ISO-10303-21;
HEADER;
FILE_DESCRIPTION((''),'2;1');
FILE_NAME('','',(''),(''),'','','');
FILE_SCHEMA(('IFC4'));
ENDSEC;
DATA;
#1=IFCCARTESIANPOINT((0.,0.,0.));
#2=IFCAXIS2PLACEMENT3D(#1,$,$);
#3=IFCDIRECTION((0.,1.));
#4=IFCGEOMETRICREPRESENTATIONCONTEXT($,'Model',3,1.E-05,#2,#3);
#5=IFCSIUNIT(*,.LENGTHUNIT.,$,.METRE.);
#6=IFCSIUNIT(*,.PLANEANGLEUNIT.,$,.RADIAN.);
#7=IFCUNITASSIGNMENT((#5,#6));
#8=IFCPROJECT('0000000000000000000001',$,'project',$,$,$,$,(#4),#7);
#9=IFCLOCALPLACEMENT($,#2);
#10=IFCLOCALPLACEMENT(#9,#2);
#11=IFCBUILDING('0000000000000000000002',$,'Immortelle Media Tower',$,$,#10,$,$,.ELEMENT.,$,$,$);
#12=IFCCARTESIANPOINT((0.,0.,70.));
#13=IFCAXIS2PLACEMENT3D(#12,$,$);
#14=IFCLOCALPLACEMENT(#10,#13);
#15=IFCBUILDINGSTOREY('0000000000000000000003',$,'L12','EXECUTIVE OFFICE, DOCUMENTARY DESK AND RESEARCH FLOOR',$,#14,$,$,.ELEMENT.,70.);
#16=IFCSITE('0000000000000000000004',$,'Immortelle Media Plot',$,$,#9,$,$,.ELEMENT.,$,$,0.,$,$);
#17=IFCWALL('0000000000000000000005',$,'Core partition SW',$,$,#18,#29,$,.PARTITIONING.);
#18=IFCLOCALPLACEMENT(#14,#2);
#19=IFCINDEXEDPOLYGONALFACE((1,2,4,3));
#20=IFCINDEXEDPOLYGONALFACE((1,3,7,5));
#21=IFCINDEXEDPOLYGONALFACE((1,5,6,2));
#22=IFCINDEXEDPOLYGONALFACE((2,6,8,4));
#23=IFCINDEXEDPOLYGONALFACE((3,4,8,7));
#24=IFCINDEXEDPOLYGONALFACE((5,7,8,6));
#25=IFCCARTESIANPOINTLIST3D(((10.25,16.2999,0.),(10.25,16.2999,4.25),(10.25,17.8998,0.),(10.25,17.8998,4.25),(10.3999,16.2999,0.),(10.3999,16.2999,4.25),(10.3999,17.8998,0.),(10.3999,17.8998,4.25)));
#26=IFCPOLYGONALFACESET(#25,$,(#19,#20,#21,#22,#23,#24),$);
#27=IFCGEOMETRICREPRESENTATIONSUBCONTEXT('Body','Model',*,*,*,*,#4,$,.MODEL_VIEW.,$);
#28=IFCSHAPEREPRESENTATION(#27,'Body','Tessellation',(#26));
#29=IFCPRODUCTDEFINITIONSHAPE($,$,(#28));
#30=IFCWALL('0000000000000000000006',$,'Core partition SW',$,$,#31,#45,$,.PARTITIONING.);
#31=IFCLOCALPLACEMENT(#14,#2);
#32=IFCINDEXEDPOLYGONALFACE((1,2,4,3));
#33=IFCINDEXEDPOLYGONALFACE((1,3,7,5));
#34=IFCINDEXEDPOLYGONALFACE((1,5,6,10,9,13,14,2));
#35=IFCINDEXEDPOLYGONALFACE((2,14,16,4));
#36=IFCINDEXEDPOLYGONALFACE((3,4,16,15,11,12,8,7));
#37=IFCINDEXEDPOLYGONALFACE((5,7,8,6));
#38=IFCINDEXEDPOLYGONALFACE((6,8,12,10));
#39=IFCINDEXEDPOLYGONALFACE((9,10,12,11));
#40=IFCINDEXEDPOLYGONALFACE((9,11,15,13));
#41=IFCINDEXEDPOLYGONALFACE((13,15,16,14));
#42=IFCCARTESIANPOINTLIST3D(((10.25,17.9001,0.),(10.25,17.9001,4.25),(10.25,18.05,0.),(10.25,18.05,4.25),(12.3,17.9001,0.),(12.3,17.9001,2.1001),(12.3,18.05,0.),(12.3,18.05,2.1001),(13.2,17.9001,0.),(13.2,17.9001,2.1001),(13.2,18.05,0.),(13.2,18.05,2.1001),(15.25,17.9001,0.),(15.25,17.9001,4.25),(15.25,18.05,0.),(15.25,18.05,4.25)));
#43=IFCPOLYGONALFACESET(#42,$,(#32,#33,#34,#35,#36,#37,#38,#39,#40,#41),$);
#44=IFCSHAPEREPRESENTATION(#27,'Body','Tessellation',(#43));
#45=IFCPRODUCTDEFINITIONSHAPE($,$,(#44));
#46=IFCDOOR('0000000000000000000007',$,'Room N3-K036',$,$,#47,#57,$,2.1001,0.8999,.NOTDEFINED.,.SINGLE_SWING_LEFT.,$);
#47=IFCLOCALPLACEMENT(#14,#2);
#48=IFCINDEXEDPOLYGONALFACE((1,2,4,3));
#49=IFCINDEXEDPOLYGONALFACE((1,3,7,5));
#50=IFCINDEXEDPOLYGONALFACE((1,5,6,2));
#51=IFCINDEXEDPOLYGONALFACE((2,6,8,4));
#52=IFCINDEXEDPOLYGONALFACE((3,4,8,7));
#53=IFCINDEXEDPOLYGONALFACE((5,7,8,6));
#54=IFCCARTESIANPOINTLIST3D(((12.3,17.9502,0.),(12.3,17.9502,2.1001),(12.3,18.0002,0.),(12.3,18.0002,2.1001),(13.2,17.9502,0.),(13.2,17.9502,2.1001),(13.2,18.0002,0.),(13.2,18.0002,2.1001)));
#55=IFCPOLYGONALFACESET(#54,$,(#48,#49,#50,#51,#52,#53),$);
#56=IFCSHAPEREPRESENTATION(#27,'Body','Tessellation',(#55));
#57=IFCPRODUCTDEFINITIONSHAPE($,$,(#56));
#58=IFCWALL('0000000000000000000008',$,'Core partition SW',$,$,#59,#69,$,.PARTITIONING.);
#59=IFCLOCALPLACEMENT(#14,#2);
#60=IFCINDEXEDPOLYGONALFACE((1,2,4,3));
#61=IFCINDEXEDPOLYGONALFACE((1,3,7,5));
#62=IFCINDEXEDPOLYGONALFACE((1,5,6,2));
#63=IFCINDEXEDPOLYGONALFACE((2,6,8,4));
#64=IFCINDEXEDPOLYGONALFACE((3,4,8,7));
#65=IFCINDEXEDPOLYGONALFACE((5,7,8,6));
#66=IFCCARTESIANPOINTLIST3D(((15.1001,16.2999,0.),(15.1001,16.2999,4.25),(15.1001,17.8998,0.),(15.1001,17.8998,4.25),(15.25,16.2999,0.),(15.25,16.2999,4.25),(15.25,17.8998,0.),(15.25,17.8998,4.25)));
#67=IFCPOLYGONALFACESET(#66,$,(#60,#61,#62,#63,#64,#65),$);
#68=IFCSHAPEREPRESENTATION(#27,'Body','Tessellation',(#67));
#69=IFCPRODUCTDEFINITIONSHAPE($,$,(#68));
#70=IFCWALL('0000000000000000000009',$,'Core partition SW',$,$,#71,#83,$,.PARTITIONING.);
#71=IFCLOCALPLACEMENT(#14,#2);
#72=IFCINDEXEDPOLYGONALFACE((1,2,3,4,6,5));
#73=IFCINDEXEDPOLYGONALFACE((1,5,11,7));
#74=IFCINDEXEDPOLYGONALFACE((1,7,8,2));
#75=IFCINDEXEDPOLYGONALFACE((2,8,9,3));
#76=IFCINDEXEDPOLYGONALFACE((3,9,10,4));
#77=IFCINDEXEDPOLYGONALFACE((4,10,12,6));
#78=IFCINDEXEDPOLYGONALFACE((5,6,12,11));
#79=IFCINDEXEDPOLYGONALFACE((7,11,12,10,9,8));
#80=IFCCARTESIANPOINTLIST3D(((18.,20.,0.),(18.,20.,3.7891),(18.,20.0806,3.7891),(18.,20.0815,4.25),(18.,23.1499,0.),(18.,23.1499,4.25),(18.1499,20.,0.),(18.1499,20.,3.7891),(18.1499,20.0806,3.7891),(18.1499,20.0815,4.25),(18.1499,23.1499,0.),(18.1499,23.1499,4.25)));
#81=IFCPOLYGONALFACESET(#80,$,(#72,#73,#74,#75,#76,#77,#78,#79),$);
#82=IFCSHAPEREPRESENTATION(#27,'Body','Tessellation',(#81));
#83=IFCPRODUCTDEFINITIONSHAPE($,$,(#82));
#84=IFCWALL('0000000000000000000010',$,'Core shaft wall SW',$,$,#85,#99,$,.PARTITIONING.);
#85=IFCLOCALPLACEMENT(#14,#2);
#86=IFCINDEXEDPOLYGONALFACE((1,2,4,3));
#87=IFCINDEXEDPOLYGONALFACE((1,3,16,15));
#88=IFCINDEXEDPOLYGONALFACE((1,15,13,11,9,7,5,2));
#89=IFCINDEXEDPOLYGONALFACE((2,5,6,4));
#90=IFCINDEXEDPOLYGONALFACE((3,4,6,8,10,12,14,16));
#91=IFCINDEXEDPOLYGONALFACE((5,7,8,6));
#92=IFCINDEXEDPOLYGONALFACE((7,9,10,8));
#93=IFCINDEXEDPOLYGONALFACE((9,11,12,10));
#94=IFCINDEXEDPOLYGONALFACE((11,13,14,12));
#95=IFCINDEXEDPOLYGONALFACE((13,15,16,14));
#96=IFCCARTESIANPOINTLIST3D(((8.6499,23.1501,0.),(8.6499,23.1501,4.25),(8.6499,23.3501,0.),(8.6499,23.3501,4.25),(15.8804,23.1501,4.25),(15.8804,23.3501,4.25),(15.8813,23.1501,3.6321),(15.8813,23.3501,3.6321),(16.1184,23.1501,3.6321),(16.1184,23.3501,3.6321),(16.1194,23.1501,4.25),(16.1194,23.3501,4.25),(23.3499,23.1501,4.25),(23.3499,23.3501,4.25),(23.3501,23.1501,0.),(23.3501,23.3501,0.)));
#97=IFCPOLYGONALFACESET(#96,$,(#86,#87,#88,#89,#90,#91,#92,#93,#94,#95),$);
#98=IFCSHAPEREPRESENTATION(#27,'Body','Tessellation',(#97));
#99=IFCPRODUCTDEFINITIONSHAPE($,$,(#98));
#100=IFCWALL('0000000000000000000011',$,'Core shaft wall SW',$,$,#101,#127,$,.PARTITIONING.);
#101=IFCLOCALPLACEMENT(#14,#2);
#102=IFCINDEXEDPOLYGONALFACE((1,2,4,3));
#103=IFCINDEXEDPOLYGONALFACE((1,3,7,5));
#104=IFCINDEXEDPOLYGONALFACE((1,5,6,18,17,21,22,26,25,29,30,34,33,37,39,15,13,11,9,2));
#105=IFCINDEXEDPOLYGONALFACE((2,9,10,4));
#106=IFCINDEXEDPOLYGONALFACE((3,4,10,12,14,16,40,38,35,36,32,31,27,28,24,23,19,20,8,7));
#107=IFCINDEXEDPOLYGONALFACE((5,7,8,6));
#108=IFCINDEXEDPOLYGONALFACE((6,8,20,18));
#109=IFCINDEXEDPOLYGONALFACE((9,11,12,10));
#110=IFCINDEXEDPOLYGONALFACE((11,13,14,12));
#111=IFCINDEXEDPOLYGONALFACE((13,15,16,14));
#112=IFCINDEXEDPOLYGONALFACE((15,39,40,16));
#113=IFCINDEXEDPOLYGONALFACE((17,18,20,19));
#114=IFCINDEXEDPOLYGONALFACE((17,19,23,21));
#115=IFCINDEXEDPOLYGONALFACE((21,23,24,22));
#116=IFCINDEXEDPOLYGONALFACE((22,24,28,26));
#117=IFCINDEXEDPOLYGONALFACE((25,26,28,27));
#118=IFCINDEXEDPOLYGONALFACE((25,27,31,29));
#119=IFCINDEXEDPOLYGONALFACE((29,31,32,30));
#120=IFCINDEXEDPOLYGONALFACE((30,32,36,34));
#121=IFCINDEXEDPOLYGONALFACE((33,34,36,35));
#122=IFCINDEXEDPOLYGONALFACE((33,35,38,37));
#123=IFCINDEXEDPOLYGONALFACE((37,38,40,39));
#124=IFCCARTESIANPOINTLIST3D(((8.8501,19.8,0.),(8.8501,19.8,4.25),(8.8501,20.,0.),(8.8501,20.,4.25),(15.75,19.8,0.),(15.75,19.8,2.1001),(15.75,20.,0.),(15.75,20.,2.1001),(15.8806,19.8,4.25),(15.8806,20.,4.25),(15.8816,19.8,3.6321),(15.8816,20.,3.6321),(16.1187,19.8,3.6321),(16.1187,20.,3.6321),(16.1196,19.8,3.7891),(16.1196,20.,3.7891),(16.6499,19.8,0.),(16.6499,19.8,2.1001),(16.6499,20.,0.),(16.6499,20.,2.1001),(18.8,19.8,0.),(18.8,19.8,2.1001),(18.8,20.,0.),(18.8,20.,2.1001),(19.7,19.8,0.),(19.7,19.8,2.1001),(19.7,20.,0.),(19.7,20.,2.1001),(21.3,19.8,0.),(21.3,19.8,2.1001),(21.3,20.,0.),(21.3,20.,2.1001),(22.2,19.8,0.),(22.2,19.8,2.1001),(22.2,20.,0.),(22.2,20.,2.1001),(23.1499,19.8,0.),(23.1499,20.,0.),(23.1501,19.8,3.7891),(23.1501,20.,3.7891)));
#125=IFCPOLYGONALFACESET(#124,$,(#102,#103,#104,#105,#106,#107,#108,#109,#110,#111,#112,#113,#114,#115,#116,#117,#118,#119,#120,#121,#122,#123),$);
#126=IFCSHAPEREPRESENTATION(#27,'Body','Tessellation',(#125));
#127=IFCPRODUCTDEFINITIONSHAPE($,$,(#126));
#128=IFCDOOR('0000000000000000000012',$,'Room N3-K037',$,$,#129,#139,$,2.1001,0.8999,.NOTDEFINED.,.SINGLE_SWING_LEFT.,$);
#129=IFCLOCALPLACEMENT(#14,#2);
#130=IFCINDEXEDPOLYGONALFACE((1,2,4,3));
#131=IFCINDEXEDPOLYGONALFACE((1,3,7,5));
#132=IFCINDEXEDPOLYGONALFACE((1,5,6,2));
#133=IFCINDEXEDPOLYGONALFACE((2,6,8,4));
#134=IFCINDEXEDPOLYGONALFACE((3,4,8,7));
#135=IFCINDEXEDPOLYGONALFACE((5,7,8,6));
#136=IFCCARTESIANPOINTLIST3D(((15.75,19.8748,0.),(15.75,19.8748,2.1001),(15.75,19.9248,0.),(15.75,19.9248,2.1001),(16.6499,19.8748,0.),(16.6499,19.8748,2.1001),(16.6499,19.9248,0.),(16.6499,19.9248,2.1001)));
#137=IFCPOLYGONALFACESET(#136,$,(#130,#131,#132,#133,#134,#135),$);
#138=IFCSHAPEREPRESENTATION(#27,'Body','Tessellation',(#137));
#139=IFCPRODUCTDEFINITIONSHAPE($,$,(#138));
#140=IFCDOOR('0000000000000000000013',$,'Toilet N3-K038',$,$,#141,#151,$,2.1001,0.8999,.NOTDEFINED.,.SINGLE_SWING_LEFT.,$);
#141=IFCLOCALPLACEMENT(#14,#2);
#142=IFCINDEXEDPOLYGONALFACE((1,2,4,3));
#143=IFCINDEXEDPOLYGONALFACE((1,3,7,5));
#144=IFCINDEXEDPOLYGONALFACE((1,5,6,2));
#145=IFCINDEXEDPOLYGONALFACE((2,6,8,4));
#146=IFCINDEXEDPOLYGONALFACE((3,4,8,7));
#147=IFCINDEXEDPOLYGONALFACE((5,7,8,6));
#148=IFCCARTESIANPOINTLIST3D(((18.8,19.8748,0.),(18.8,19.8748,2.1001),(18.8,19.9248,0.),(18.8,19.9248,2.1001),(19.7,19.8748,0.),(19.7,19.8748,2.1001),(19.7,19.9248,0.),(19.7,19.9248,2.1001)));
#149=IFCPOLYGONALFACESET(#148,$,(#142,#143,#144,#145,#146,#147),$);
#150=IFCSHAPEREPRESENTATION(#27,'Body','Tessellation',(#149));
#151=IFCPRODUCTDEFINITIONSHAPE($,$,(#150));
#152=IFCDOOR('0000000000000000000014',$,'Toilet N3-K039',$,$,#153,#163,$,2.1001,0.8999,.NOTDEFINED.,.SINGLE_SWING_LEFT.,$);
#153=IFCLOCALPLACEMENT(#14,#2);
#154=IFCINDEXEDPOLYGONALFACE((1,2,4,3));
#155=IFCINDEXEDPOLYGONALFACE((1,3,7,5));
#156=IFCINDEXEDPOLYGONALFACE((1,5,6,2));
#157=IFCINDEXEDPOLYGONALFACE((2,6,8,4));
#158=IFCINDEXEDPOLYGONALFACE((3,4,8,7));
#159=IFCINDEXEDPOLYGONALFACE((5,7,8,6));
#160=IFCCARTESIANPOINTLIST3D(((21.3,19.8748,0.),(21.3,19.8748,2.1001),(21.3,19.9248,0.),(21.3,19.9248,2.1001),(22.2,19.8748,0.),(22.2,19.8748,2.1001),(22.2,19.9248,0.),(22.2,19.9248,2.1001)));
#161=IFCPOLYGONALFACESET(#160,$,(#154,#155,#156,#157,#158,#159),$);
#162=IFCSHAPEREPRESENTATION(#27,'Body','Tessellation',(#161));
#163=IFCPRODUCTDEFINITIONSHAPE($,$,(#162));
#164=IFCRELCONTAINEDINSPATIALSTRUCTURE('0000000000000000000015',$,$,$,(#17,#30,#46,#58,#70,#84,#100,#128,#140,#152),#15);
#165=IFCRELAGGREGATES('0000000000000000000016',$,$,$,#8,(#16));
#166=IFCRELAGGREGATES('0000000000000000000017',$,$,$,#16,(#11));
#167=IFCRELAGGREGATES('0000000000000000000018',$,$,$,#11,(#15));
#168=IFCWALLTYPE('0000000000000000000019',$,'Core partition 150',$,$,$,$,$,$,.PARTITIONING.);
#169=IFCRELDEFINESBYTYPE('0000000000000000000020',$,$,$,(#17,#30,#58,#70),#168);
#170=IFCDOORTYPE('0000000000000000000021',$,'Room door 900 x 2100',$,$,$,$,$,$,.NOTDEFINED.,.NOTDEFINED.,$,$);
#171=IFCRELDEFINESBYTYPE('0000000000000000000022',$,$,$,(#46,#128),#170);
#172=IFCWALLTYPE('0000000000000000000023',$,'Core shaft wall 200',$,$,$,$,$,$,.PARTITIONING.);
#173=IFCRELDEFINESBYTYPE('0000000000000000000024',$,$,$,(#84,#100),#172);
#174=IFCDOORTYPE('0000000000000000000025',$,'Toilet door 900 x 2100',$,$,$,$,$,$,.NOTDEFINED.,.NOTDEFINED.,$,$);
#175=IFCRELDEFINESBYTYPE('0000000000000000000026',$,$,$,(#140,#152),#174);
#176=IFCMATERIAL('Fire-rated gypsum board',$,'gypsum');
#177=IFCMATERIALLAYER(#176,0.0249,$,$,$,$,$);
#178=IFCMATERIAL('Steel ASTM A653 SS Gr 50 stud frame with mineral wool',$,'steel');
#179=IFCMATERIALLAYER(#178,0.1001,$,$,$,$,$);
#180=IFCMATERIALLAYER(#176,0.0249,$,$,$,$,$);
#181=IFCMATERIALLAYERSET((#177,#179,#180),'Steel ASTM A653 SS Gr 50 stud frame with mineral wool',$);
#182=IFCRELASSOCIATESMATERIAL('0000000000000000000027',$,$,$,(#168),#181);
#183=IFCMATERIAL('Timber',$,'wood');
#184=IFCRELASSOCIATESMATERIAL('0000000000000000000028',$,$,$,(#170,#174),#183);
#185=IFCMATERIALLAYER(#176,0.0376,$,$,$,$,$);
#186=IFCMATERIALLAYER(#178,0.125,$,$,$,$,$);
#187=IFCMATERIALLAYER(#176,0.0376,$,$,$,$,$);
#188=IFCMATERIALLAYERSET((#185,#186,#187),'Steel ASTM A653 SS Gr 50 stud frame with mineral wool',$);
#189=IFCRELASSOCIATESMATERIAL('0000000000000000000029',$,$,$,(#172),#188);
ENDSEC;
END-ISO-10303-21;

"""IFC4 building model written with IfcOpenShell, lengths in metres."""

from ifc_helpers import new_model, si_unit, direction, frame, frame_2d, origin, place, context, subcontext, project, spatial, polyline, rectangle, outline, extrude, material, layer, layer_set, type_object, element, fill, save


model = new_model("IFC4")

# Units and contexts
model_context = context("Model", 3, precision=1e-05, world=origin(), true_north=direction((0.0, 1.0)))
body_context = subcontext(model_context, "Body", "Model", "MODEL_VIEW")
ifc_project = project(units=[si_unit("LENGTHUNIT", "METRE"), si_unit("PLANEANGLEUNIT", "RADIAN")], contexts=[model_context])

# Site, building, storey
site_placement = place(None, origin())
site = spatial("IfcSite", under=ifc_project, at=site_placement, Name="Immortelle Media Plot", CompositionType="ELEMENT", RefElevation=0.0)
building_placement = place(site_placement, origin())
building = spatial("IfcBuilding", under=site, at=building_placement, Name="Immortelle Media Tower", CompositionType="ELEMENT")
storey_placement = place(building_placement, frame((0.0, 0.0, 70.0)))
storey = spatial("IfcBuildingStorey", under=building, at=storey_placement, Name="L12", Description="EXECUTIVE OFFICE, DOCUMENTARY DESK AND RESEARCH FLOOR", CompositionType="ELEMENT", Elevation=70.0)

# Wall
ifc_material_1 = material(Name="Fire-rated gypsum board", Category="gypsum")
ifc_layer_1 = layer(ifc_material_1, 0.0249)
ifc_material_2 = material(Name="Steel ASTM A653 SS Gr 50 stud frame with mineral wool", Category="steel")
ifc_layer_2 = layer(ifc_material_2, 0.1001)
ifc_layer_3 = layer(ifc_material_1, 0.0249)
ifc_layer_set_1 = layer_set([ifc_layer_1, ifc_layer_2, ifc_layer_3], Name="Steel ASTM A653 SS Gr 50 stud frame with mineral wool")
wall_type_1 = type_object("IfcWallType", Name="Core partition 150", PredefinedType="PARTITIONING", material=ifc_layer_set_1)
wall_1_placement = place(storey_placement, frame((10.325, 16.3, 0.0), z_axis=(0.0, 0.0, 1.0), x_axis=(0.0, 1.0, 0.0)))
element("IfcWall", 1, at=wall_1_placement, inside=storey, type_object=wall_type_1, Name="Core partition SW", PredefinedType="PARTITIONING", context=body_context, shape_type="SweptSolid", body=[
    extrude(rectangle(XDim=1.5999, YDim=0.1499, at=frame_2d((0.7998, 0.0))), origin(), (0.0, 0.0, 1.0), 4.25),
])

# Wall, opening, door
wall_2_placement = place(storey_placement, frame((10.25, 17.9751, 0.0), z_axis=(0.0, 0.0, 1.0), x_axis=(1.0, 0.0, 0.0)))
wall_2 = element("IfcWall", 2, at=wall_2_placement, inside=storey, type_object=wall_type_1, Name="Core partition SW", PredefinedType="PARTITIONING", context=body_context, shape_type="SweptSolid", body=[
    extrude(rectangle(XDim=5.0, YDim=0.1499, at=frame_2d((2.5, 0.0))), origin(), (0.0, 0.0, 1.0), 4.25),
])
opening_1_placement = place(wall_2_placement, frame((2.95, 0.0, 0.0), z_axis=(0.0, 0.0, 1.0), x_axis=(-1.0, 0.0, 0.0)))
opening_1 = element("IfcOpeningElement", 3, at=opening_1_placement, cuts=wall_2, PredefinedType="OPENING", context=body_context, shape_type="SweptSolid", body=[
    extrude(rectangle(XDim=0.8999, YDim=2.1001, at=frame_2d((0.45, 1.05))), frame((0.0, 0.085, 0.0), z_axis=(0.0, -1.0, 0.0), x_axis=(1.0, 0.0, 0.0)), (0.0, 0.0, 1.0), 0.1699),
])
ifc_material_3 = material(Name="Timber", Category="wood")
door_type_1 = type_object("IfcDoorType", Name="Room door 900 x 2100", OperationType="NOTDEFINED", PredefinedType="NOTDEFINED", material=ifc_material_3)
door_1_placement = place(opening_1_placement, origin())
door_1 = element("IfcDoor", 4, at=door_1_placement, inside=storey, type_object=door_type_1, Name="Room N3-K036", OperationType="SINGLE_SWING_LEFT", OverallHeight=2.1001, OverallWidth=0.8999, PredefinedType="NOTDEFINED", context=body_context, shape_type="SweptSolid", body=[
    extrude(rectangle(XDim=0.8999, YDim=2.1001, at=frame_2d((0.45, 1.05))), frame((0.0, 0.0249, 0.0), z_axis=(0.0, -1.0, 0.0), x_axis=(1.0, 0.0, 0.0)), (0.0, 0.0, 1.0), 0.05),
])
fill(opening_1, door_1)

# Walls
wall_3_placement = place(storey_placement, frame((15.175, 16.3, 0.0), z_axis=(0.0, 0.0, 1.0), x_axis=(0.0, 1.0, 0.0)))
element("IfcWall", 5, at=wall_3_placement, inside=storey, type_object=wall_type_1, Name="Core partition SW", PredefinedType="PARTITIONING", context=body_context, shape_type="SweptSolid", body=[
    extrude(rectangle(XDim=1.5999, YDim=0.1499, at=frame_2d((0.7998, 0.0))), origin(), (0.0, 0.0, 1.0), 4.25),
])
wall_4_placement = place(storey_placement, frame((18.075, 20.0, 0.0), z_axis=(0.0, 0.0, 1.0), x_axis=(0.0, 1.0, 0.0)))
element("IfcWall", 6, at=wall_4_placement, inside=storey, type_object=wall_type_1, Name="Core partition SW", PredefinedType="PARTITIONING", context=body_context, shape_type="SweptSolid", body=[
    extrude(outline(polyline([(0.0, 0.0), (3.1499, 0.0), (3.1499, 4.25), (0.0815, 4.25), (0.0806, 3.7891), (0.0, 3.7891), (0.0, 0.0)])), frame((0.0, 0.075, 0.0), z_axis=(0.0, -1.0, 0.0), x_axis=(1.0, 0.0, 0.0)), (0.0, 0.0, 1.0), 0.1499),
])
ifc_layer_4 = layer(ifc_material_1, 0.0376)
ifc_layer_5 = layer(ifc_material_2, 0.125)
ifc_layer_6 = layer(ifc_material_1, 0.0376)
ifc_layer_set_2 = layer_set([ifc_layer_4, ifc_layer_5, ifc_layer_6], Name="Steel ASTM A653 SS Gr 50 stud frame with mineral wool")
wall_type_2 = type_object("IfcWallType", Name="Core shaft wall 200", PredefinedType="PARTITIONING", material=ifc_layer_set_2)
wall_5_placement = place(storey_placement, frame((8.6499, 23.25, 0.0), z_axis=(0.0, 0.0, 1.0), x_axis=(1.0, 0.0, 0.0)))
element("IfcWall", 7, at=wall_5_placement, inside=storey, type_object=wall_type_2, Name="Core shaft wall SW", PredefinedType="PARTITIONING", context=body_context, shape_type="SweptSolid", body=[
    extrude(outline(polyline([(0.0, 0.0), (14.7002, 0.0), (14.7, 4.25), (7.4695, 4.25), (7.4685, 3.6321), (7.2314, 3.6321), (7.2305, 4.25), (0.0, 4.25), (0.0, 0.0)])), frame((0.0, 0.1001, 0.0), z_axis=(0.0, -1.0, 0.0), x_axis=(1.0, 0.0, 0.0)), (0.0, 0.0, 1.0), 0.2),
])

# Wall, openings, doors
wall_6_placement = place(storey_placement, frame((8.8501, 19.8999, 0.0), z_axis=(0.0, 0.0, 1.0), x_axis=(1.0, 0.0, 0.0)))
wall_6 = element("IfcWall", 8, at=wall_6_placement, inside=storey, type_object=wall_type_2, Name="Core shaft wall SW", PredefinedType="PARTITIONING", context=body_context, shape_type="SweptSolid", body=[
    extrude(outline(polyline([(0.0, 0.0), (14.2998, 0.0), (14.3, 3.7891), (7.2695, 3.7891), (7.2686, 3.6321), (7.0315, 3.6321), (7.0305, 4.25), (0.0, 4.25), (0.0, 0.0)])), frame((0.0, 0.1001, 0.0), z_axis=(0.0, -1.0, 0.0), x_axis=(1.0, 0.0, 0.0)), (0.0, 0.0, 1.0), 0.2),
])
opening_2_placement = place(wall_6_placement, frame((6.8999, 0.0, 0.0)))
opening_2 = element("IfcOpeningElement", 9, at=opening_2_placement, cuts=wall_6, PredefinedType="OPENING", context=body_context, shape_type="SweptSolid", body=[
    extrude(rectangle(XDim=0.8999, YDim=2.1001, at=frame_2d((0.45, 1.05))), frame((0.0, 0.1099, 0.0), z_axis=(0.0, -1.0, 0.0), x_axis=(1.0, 0.0, 0.0)), (0.0, 0.0, 1.0), 0.22),
])
opening_3_placement = place(wall_6_placement, frame((9.95, 0.0, 0.0)))
opening_3 = element("IfcOpeningElement", 10, at=opening_3_placement, cuts=wall_6, PredefinedType="OPENING", context=body_context, shape_type="SweptSolid", body=[
    extrude(rectangle(XDim=0.8999, YDim=2.1001, at=frame_2d((0.45, 1.05))), frame((0.0, 0.1099, 0.0), z_axis=(0.0, -1.0, 0.0), x_axis=(1.0, 0.0, 0.0)), (0.0, 0.0, 1.0), 0.22),
])
opening_4_placement = place(wall_6_placement, frame((12.45, 0.0, 0.0)))
opening_4 = element("IfcOpeningElement", 11, at=opening_4_placement, cuts=wall_6, PredefinedType="OPENING", context=body_context, shape_type="SweptSolid", body=[
    extrude(rectangle(XDim=0.8999, YDim=2.1001, at=frame_2d((0.45, 1.05))), frame((0.0, 0.1099, 0.0), z_axis=(0.0, -1.0, 0.0), x_axis=(1.0, 0.0, 0.0)), (0.0, 0.0, 1.0), 0.22),
])
door_2_placement = place(opening_2_placement, origin())
door_2 = element("IfcDoor", 12, at=door_2_placement, inside=storey, type_object=door_type_1, Name="Room N3-K037", OperationType="SINGLE_SWING_LEFT", OverallHeight=2.1001, OverallWidth=0.8999, PredefinedType="NOTDEFINED", context=body_context, shape_type="SweptSolid", body=[
    extrude(rectangle(XDim=0.8999, YDim=2.1001, at=frame_2d((0.45, 1.05))), frame((0.0, 0.0249, 0.0), z_axis=(0.0, -1.0, 0.0), x_axis=(1.0, 0.0, 0.0)), (0.0, 0.0, 1.0), 0.05),
])
fill(opening_2, door_2)
door_type_2 = type_object("IfcDoorType", Name="Toilet door 900 x 2100", OperationType="NOTDEFINED", PredefinedType="NOTDEFINED", material=ifc_material_3)
door_3_placement = place(opening_3_placement, origin())
door_3 = element("IfcDoor", 13, at=door_3_placement, inside=storey, type_object=door_type_2, Name="Toilet N3-K038", OperationType="SINGLE_SWING_LEFT", OverallHeight=2.1001, OverallWidth=0.8999, PredefinedType="NOTDEFINED", context=body_context, shape_type="SweptSolid", body=[
    extrude(rectangle(XDim=0.8999, YDim=2.1001, at=frame_2d((0.45, 1.05))), frame((0.0, 0.0249, 0.0), z_axis=(0.0, -1.0, 0.0), x_axis=(1.0, 0.0, 0.0)), (0.0, 0.0, 1.0), 0.05),
])
fill(opening_3, door_3)
door_4_placement = place(opening_4_placement, origin())
door_4 = element("IfcDoor", 14, at=door_4_placement, inside=storey, type_object=door_type_2, Name="Toilet N3-K039", OperationType="SINGLE_SWING_LEFT", OverallHeight=2.1001, OverallWidth=0.8999, PredefinedType="NOTDEFINED", context=body_context, shape_type="SweptSolid", body=[
    extrude(rectangle(XDim=0.8999, YDim=2.1001, at=frame_2d((0.45, 1.05))), frame((0.0, 0.0249, 0.0), z_axis=(0.0, -1.0, 0.0), x_axis=(1.0, 0.0, 0.0)), (0.0, 0.0, 1.0), 0.05),
])
fill(opening_4, door_4)

save(model, "model.ifc")
